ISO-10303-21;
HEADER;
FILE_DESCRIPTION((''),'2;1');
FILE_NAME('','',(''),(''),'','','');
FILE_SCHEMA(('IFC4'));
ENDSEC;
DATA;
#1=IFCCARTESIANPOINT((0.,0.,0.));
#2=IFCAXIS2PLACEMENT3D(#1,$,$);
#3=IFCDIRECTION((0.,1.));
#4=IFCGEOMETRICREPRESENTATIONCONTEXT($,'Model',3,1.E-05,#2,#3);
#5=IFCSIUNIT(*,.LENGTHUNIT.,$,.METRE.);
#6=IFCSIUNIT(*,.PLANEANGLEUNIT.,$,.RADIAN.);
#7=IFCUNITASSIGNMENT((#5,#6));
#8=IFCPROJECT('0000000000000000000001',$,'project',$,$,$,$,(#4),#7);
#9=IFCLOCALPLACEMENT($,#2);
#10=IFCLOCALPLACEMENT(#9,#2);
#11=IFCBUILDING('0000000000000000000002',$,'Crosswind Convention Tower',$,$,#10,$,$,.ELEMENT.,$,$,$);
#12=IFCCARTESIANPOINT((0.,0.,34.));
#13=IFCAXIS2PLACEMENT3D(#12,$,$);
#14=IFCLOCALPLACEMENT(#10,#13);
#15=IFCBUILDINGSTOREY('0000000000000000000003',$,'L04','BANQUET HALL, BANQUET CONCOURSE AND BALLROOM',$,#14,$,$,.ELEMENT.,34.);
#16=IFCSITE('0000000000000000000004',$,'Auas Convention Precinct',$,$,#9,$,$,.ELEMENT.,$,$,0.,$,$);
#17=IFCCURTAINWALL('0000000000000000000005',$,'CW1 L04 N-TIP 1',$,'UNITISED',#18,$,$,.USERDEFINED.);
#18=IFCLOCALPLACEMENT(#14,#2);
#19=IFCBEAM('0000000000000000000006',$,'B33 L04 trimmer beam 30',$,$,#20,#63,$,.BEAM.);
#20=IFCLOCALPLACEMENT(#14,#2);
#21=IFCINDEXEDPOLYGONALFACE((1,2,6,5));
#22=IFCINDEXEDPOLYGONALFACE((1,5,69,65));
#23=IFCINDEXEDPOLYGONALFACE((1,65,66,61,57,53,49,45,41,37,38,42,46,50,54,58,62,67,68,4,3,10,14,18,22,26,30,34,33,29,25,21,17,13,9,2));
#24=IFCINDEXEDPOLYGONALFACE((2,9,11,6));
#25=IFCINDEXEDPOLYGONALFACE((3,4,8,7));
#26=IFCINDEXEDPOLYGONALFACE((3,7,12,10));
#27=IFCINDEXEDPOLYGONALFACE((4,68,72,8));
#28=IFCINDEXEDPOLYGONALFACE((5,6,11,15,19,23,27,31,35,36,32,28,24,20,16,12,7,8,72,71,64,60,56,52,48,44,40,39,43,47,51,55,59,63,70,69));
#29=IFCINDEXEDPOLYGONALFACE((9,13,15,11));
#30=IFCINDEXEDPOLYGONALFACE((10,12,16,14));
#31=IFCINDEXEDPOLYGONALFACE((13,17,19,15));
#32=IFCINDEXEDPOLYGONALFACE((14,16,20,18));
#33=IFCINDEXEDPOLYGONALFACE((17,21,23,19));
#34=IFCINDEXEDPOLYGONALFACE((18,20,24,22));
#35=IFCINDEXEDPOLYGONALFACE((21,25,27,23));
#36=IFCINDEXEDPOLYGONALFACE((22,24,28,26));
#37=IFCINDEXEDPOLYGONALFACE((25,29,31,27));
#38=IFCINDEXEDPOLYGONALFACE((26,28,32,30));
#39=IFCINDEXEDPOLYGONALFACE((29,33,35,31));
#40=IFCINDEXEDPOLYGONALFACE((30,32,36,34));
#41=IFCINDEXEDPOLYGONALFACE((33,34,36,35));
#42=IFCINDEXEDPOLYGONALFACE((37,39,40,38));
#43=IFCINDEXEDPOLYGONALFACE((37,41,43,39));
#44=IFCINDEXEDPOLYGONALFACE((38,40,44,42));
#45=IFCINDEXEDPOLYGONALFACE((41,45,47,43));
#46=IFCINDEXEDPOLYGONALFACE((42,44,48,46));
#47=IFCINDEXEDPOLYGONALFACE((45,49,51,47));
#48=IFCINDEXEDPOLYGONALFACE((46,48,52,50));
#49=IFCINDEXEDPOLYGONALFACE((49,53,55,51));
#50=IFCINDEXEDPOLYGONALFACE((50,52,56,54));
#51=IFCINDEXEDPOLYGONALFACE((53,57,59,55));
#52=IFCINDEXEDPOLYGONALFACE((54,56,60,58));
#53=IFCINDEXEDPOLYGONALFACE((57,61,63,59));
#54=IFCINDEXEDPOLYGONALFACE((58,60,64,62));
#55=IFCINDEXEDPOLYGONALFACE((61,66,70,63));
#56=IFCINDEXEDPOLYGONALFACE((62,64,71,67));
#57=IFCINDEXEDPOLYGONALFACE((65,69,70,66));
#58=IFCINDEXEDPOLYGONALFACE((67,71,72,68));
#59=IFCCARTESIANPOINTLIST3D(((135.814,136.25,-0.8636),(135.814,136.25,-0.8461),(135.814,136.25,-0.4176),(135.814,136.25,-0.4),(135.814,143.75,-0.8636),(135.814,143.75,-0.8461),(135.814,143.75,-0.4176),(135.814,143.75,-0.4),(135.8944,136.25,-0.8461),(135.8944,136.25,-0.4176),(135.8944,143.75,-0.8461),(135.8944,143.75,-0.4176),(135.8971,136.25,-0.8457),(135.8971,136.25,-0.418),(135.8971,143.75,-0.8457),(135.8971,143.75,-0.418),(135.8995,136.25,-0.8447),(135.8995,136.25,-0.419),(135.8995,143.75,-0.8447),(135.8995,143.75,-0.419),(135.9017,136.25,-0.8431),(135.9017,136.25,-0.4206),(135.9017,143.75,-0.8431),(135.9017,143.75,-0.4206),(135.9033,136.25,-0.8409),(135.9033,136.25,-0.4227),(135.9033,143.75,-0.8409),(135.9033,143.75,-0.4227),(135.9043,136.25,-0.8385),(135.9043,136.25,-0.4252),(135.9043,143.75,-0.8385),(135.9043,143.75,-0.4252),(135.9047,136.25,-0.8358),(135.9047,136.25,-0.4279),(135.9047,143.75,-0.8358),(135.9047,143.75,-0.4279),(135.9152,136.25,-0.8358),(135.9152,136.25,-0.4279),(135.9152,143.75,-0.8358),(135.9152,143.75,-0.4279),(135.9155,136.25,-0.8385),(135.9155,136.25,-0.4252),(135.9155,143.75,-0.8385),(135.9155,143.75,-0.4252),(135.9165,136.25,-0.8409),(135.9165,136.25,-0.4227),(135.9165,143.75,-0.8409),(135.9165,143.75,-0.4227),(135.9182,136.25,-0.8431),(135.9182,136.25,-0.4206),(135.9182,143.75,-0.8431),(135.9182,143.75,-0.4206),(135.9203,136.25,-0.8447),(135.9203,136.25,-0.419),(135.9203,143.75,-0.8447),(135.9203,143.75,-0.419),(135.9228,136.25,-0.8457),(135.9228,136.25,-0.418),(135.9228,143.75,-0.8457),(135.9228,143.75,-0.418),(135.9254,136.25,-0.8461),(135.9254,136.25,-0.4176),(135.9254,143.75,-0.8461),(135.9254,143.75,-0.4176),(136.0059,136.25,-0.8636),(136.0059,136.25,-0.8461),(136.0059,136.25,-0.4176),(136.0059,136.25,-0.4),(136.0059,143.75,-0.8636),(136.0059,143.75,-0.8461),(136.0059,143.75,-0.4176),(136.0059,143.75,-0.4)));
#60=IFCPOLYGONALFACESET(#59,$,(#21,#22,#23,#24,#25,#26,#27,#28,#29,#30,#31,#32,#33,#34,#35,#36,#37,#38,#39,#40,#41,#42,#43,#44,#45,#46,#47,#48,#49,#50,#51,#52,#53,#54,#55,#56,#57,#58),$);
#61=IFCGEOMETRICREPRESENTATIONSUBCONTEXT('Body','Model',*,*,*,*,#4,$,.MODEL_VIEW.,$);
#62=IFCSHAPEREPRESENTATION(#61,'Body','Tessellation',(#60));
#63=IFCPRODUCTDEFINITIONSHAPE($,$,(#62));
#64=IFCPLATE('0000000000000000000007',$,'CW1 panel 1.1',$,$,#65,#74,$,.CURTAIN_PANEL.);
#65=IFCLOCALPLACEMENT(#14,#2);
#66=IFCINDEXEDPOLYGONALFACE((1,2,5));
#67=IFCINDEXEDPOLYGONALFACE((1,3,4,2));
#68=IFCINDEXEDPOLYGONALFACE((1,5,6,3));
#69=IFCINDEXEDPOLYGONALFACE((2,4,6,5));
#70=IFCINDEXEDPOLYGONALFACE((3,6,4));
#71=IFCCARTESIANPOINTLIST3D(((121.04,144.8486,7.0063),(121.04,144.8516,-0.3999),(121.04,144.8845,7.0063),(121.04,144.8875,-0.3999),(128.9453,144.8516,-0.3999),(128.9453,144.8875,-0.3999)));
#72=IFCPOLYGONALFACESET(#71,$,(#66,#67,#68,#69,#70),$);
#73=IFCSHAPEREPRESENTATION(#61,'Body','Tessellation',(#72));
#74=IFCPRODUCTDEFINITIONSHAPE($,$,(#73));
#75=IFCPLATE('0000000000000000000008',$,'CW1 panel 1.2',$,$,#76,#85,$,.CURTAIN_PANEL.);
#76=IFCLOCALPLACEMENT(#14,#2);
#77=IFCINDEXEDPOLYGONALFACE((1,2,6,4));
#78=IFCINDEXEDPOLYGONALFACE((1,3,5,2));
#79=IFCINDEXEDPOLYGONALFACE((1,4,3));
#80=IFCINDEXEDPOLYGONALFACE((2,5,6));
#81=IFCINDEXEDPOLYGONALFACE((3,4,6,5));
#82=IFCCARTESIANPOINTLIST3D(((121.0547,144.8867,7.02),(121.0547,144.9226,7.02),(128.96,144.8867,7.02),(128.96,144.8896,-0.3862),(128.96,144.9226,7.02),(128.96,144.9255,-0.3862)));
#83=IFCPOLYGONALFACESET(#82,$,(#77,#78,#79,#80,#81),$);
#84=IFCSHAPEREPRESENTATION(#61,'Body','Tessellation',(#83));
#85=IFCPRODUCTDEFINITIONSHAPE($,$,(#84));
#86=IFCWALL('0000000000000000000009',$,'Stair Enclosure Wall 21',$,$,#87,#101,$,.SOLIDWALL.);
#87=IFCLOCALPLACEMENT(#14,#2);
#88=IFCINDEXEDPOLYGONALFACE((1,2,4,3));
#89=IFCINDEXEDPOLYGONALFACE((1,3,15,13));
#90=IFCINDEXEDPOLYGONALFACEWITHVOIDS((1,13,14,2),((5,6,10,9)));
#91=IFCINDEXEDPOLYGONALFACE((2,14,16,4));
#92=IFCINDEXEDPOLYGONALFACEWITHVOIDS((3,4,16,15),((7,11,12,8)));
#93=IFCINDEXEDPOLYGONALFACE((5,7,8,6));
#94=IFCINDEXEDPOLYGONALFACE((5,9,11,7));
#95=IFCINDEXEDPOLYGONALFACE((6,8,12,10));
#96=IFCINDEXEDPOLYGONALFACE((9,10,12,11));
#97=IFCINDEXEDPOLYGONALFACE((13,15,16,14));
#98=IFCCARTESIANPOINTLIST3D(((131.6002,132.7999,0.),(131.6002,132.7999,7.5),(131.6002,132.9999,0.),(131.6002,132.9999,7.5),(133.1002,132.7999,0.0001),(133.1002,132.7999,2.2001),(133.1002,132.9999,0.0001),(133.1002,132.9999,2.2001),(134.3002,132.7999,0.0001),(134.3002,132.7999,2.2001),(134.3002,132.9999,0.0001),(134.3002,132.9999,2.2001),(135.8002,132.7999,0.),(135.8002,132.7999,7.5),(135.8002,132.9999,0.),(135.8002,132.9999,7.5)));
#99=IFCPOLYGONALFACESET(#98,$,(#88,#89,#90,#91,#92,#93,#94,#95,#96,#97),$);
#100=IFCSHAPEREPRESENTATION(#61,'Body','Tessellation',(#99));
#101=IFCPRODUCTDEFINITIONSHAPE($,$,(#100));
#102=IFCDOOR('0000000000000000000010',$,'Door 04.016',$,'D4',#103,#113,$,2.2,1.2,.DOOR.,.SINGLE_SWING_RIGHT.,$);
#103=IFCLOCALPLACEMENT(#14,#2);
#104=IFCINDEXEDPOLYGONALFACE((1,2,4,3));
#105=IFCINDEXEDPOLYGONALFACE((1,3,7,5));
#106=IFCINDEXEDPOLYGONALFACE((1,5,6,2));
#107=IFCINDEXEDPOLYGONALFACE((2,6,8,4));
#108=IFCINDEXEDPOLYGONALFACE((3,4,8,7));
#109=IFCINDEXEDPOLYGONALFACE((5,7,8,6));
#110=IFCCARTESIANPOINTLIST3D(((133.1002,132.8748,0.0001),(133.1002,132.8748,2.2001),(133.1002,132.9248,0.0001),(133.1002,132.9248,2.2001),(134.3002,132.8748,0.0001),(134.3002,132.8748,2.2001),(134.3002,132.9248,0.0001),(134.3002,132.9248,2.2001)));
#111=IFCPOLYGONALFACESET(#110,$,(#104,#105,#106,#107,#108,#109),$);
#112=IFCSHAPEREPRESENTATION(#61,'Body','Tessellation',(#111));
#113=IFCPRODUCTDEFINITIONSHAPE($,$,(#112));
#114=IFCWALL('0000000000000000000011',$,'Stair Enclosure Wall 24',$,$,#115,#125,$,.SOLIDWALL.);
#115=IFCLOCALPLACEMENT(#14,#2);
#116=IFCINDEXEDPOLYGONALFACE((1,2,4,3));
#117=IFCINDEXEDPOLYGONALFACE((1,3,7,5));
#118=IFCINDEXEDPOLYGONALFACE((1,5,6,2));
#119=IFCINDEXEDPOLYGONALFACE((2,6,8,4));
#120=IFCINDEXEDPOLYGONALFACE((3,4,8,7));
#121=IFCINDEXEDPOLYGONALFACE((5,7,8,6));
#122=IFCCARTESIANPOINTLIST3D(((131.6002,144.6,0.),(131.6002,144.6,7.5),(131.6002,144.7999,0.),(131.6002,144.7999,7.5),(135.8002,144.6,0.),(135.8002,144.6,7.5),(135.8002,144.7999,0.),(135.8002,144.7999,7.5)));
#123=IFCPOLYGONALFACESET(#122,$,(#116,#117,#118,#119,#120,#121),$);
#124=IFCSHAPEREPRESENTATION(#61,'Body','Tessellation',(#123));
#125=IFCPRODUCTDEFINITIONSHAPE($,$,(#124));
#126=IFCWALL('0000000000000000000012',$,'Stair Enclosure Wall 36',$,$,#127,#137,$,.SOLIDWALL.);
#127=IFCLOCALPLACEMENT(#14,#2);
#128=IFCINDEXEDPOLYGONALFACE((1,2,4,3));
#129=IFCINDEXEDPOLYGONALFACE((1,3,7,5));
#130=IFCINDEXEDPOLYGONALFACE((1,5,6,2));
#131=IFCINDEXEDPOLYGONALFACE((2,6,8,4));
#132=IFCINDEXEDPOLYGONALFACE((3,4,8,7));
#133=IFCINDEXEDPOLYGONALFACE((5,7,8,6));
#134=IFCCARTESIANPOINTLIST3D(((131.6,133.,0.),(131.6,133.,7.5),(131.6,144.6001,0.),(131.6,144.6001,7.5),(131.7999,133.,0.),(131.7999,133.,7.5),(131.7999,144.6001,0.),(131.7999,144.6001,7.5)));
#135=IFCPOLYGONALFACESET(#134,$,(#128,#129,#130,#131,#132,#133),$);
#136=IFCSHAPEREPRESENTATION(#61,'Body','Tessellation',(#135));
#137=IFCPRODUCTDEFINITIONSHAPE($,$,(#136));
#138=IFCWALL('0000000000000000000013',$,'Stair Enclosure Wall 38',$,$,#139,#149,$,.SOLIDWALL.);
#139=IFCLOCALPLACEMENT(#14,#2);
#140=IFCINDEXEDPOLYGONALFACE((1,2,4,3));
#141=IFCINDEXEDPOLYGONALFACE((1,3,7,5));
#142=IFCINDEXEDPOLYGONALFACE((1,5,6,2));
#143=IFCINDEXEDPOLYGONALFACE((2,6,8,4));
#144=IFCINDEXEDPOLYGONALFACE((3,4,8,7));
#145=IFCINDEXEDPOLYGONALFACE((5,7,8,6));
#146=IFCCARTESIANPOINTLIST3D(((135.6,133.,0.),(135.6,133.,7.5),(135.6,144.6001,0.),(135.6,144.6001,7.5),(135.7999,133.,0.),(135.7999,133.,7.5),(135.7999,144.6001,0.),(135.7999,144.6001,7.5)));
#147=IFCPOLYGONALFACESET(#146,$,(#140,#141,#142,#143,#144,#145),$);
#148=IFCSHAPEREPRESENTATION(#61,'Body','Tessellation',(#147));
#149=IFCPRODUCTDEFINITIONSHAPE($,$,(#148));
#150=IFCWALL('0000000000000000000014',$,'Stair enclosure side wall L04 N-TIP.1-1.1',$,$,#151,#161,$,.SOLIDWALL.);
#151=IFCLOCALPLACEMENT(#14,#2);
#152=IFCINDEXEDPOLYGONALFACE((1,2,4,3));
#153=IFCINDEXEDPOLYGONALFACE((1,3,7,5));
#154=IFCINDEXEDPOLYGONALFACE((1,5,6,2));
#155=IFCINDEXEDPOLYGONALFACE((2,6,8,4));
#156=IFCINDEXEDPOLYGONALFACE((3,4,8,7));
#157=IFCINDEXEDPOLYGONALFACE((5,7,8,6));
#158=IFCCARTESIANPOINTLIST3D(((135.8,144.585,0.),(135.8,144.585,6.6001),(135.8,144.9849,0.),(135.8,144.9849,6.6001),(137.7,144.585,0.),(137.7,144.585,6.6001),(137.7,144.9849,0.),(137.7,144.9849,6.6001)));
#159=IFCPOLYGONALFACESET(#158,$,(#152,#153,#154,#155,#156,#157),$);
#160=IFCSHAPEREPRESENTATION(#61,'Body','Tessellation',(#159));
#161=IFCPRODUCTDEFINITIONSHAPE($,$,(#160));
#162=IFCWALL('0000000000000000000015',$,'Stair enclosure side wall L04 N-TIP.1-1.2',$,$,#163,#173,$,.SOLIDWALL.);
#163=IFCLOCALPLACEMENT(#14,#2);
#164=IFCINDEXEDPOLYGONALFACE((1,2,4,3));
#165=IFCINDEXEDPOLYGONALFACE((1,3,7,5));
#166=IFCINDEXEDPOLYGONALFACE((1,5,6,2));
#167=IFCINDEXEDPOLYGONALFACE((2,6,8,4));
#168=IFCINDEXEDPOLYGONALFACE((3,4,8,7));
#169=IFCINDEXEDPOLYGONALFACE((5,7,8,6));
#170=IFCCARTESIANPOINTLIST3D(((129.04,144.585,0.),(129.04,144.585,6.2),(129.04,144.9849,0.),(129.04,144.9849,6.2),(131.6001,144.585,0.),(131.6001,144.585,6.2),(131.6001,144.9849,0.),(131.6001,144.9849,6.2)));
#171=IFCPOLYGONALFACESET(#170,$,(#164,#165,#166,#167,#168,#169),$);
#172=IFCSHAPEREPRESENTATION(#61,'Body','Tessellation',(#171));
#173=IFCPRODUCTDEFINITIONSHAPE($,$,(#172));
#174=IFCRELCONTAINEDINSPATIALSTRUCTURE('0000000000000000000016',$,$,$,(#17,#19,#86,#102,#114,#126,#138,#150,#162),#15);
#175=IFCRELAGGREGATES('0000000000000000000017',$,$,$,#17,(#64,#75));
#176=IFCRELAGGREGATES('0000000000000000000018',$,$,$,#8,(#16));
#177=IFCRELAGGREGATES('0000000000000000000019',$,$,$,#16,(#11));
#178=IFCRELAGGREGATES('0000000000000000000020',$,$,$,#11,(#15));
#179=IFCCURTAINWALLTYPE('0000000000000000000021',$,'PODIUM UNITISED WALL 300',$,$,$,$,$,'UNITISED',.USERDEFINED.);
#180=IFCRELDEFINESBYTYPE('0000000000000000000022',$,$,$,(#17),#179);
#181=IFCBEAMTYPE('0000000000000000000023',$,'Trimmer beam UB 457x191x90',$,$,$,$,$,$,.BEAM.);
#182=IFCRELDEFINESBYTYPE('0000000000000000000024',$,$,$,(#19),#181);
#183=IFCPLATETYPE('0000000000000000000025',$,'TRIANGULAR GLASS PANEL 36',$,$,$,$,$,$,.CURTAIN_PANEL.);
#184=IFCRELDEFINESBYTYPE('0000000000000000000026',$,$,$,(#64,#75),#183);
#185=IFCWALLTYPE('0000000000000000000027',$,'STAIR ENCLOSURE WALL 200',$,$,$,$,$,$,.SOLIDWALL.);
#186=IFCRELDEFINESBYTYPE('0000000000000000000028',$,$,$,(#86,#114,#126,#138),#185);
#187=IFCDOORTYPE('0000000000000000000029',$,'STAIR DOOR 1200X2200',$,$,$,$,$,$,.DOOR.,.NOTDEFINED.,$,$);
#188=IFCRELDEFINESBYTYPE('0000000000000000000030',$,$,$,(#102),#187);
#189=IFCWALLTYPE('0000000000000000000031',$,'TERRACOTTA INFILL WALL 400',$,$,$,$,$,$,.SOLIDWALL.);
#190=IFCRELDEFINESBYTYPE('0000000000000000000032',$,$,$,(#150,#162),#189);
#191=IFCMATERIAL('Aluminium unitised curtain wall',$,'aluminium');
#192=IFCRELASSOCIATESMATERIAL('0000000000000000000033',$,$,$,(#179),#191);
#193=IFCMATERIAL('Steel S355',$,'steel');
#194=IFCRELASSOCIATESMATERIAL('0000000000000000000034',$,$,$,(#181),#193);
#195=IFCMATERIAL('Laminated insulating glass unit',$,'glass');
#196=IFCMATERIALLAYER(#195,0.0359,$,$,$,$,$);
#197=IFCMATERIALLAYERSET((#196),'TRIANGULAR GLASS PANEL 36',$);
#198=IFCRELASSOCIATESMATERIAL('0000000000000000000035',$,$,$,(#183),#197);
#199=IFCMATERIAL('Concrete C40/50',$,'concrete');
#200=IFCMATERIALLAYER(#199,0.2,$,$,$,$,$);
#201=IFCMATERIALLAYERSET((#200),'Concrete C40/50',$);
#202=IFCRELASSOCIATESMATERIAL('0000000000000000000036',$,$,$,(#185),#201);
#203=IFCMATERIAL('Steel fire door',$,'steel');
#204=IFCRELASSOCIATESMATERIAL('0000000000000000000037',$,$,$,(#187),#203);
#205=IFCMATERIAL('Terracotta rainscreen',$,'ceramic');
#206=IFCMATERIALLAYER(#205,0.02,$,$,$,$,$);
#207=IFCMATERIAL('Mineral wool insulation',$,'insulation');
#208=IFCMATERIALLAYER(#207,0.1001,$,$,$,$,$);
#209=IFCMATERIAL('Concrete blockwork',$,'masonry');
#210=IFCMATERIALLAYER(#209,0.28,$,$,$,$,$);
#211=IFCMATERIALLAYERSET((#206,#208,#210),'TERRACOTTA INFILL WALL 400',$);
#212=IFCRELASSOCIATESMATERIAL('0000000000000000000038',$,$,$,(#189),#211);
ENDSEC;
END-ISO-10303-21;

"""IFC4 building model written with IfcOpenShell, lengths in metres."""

from ifc_helpers import new_model, si_unit, direction, frame, frame_2d, origin, origin_2d, place, context, subcontext, project, spatial, polyline, rectangle, i_section, outline, extrude, material, layer, layer_set, material_profile, profile_set, type_object, element, fill, aggregate, save


model = new_model("IFC4")

# Units and contexts
model_context = context("Model", 3, precision=1e-05, world=origin(), true_north=direction((0.0, 1.0)))
body_context = subcontext(model_context, "Body", "Model", "MODEL_VIEW")
ifc_project = project(units=[si_unit("LENGTHUNIT", "METRE"), si_unit("PLANEANGLEUNIT", "RADIAN")], contexts=[model_context])

# Site, building, storey
site_placement = place(None, origin())
site = spatial("IfcSite", under=ifc_project, at=site_placement, Name="Auas Convention Precinct", CompositionType="ELEMENT", RefElevation=0.0)
building_placement = place(site_placement, origin())
building = spatial("IfcBuilding", under=site, at=building_placement, Name="Crosswind Convention Tower", CompositionType="ELEMENT")
storey_placement = place(building_placement, frame((0.0, 0.0, 34.0)))
storey = spatial("IfcBuildingStorey", under=building, at=storey_placement, Name="L04", Description="BANQUET HALL, BANQUET CONCOURSE AND BALLROOM", CompositionType="ELEMENT", Elevation=34.0)

# Shared definitions
ifc_material_1 = material(Name="Steel S355", Category="steel")

# Curtain wall
ifc_material_2 = material(Name="Aluminium unitised curtain wall", Category="aluminium")
curtain_wall_type = type_object("IfcCurtainWallType", Name="PODIUM UNITISED WALL 300", ElementType="UNITISED", PredefinedType="USERDEFINED", material=ifc_material_2)
curtain_wall_placement = place(storey_placement, origin())
curtain_wall = element("IfcCurtainWall", 1, at=curtain_wall_placement, inside=storey, type_object=curtain_wall_type, Name="CW1 L04 N-TIP 1", ObjectType="UNITISED", PredefinedType="USERDEFINED")

# Beam
ifc_material_profile_1 = material_profile(ifc_material_1, i_section(OverallWidth=0.1919, OverallDepth=0.4636, WebThickness=0.0105, FlangeThickness=0.0176, FilletRadius=0.0103, at=origin_2d()), Name="UB 457x191x90")
ifc_profile_set_1 = profile_set([ifc_material_profile_1], Name="Steel S355")
beam_type_1 = type_object("IfcBeamType", Name="Trimmer beam UB 457x191x90", PredefinedType="BEAM", material=ifc_profile_set_1)
beam_1_placement = place(storey_placement, frame((135.9099, 136.25, -0.6318), z_axis=(0.0, 1.0, 0.0), x_axis=(-1.0, 0.0, 0.0)))
element("IfcBeam", 2, at=beam_1_placement, inside=storey, type_object=beam_type_1, Name="B33 L04 trimmer beam 30", PredefinedType="BEAM", context=body_context, shape_type="SweptSolid", body=[
    extrude(i_section(OverallWidth=0.1919, OverallDepth=0.4636, WebThickness=0.0105, FlangeThickness=0.0176, FilletRadius=0.0103, at=origin_2d()), origin(), (0.0, 0.0, 1.0), 7.5),
])

# Plates
ifc_material_3 = material(Name="Laminated insulating glass unit", Category="glass")
ifc_layer_1 = layer(ifc_material_3, 0.0359)
ifc_layer_set_1 = layer_set([ifc_layer_1], Name="TRIANGULAR GLASS PANEL 36")
plate_type = type_object("IfcPlateType", Name="TRIANGULAR GLASS PANEL 36", PredefinedType="CURTAIN_PANEL", material=ifc_layer_set_1)
plate_1_placement = place(storey_placement, frame((121.04, 144.8875, -0.3999), z_axis=(0.0, 1.0, 0.000396), x_axis=(0.0, -0.000396, 1.0)))
plate_1 = element("IfcPlate", 3, at=plate_1_placement, type_object=plate_type, Name="CW1 panel 1.1", PredefinedType="CURTAIN_PANEL", context=body_context, shape_type="SweptSolid", body=[
    extrude(outline(polyline([(0.0, 0.0), (7.4063, 0.0), (0.0, 7.9053), (0.0, 0.0)])), origin(), (0.0, 0.0, -1.0), 0.0359),
])
plate_2_placement = place(storey_placement, frame((128.96, 144.9226, 7.02), z_axis=(0.0, 1.0, 0.000396), x_axis=(0.0, 0.000396, -1.0)))
plate_2 = element("IfcPlate", 4, at=plate_2_placement, type_object=plate_type, Name="CW1 panel 1.2", PredefinedType="CURTAIN_PANEL", context=body_context, shape_type="SweptSolid", body=[
    extrude(outline(polyline([(0.0, 0.0), (7.4063, 0.0), (0.0, 7.9053), (0.0, 0.0)])), origin(), (0.0, 0.0, -1.0), 0.0359),
])

# Wall, opening, door
ifc_material_4 = material(Name="Concrete C40/50", Category="concrete")
ifc_layer_2 = layer(ifc_material_4, 0.2)
ifc_layer_set_2 = layer_set([ifc_layer_2], Name="Concrete C40/50")
wall_type_1 = type_object("IfcWallType", Name="STAIR ENCLOSURE WALL 200", PredefinedType="SOLIDWALL", material=ifc_layer_set_2)
wall_1_placement = place(storey_placement, frame((131.6001, 132.8999, 0.0), z_axis=(0.0, 0.0, 1.0), x_axis=(1.0, 0.0, 0.0)))
wall_1 = element("IfcWall", 5, at=wall_1_placement, inside=storey, type_object=wall_type_1, Name="Stair Enclosure Wall 21", PredefinedType="SOLIDWALL", context=body_context, shape_type="SweptSolid", body=[
    extrude(rectangle(XDim=4.2, YDim=0.2, at=frame_2d((2.1001, 0.0))), origin(), (0.0, 0.0, 1.0), 7.5),
])
opening_placement = place(wall_1_placement, frame((1.5, 0.0, 0.0)))
opening = element("IfcOpeningElement", 6, at=opening_placement, cuts=wall_1, PredefinedType="OPENING", context=body_context, shape_type="SweptSolid", body=[
    extrude(rectangle(XDim=1.2, YDim=2.2, at=frame_2d((0.6001, 1.1001))), frame((0.0, 0.1099, 0.0), z_axis=(0.0, -1.0, 0.0), x_axis=(1.0, 0.0, 0.0)), (0.0, 0.0, 1.0), 0.22),
])
ifc_material_5 = material(Name="Steel fire door", Category="steel")
door_type = type_object("IfcDoorType", Name="STAIR DOOR 1200X2200", OperationType="NOTDEFINED", PredefinedType="DOOR", material=ifc_material_5)
door_placement = place(opening_placement, origin())
door = element("IfcDoor", 7, at=door_placement, inside=storey, type_object=door_type, Name="Door 04.016", ObjectType="D4", OperationType="SINGLE_SWING_RIGHT", OverallHeight=2.2, OverallWidth=1.2, PredefinedType="DOOR", context=body_context, shape_type="SweptSolid", body=[
    extrude(rectangle(XDim=1.2, YDim=2.2, at=frame_2d((0.6001, 1.1001))), frame((0.0, 0.0249, 0.0), z_axis=(0.0, -1.0, 0.0), x_axis=(1.0, 0.0, 0.0)), (0.0, 0.0, 1.0), 0.05),
])
fill(opening, door)

# Walls
wall_2_placement = place(storey_placement, frame((131.6001, 144.7, 0.0), z_axis=(0.0, 0.0, 1.0), x_axis=(1.0, 0.0, 0.0)))
element("IfcWall", 8, at=wall_2_placement, inside=storey, type_object=wall_type_1, Name="Stair Enclosure Wall 24", PredefinedType="SOLIDWALL", context=body_context, shape_type="SweptSolid", body=[
    extrude(rectangle(XDim=4.2, YDim=0.2, at=frame_2d((2.1001, 0.0))), origin(), (0.0, 0.0, 1.0), 7.5),
])
for number, where, z_axis, x_axis, name in (
    (9, (131.7, 133.0, 0.0), (0.0, 0.0, 1.0), (0.0, 1.0, 0.0), "Stair Enclosure Wall 36"),
    (10, (135.7, 133.0, 0.0), (0.0, 0.0, 1.0), (0.0, 1.0, 0.0), "Stair Enclosure Wall 38"),
):
    element("IfcWall", number, at=place(storey_placement, frame(where, z_axis=z_axis, x_axis=x_axis)), inside=storey, type_object=wall_type_1, Name=name, PredefinedType="SOLIDWALL", context=body_context, shape_type="SweptSolid", body=[
        extrude(rectangle(XDim=11.6001, YDim=0.2, at=frame_2d((5.8, 0.0))), origin(), (0.0, 0.0, 1.0), 7.5),
    ])
ifc_material_6 = material(Name="Terracotta rainscreen", Category="ceramic")
ifc_layer_3 = layer(ifc_material_6, 0.02)
ifc_material_7 = material(Name="Mineral wool insulation", Category="insulation")
ifc_layer_4 = layer(ifc_material_7, 0.1001)
ifc_material_8 = material(Name="Concrete blockwork", Category="masonry")
ifc_layer_5 = layer(ifc_material_8, 0.28)
ifc_layer_set_3 = layer_set([ifc_layer_3, ifc_layer_4, ifc_layer_5], Name="TERRACOTTA INFILL WALL 400")
wall_type_2 = type_object("IfcWallType", Name="TERRACOTTA INFILL WALL 400", PredefinedType="SOLIDWALL", material=ifc_layer_set_3)
wall_3_placement = place(storey_placement, frame((137.7, 144.7849, 0.0), z_axis=(0.0, 0.0, 1.0), x_axis=(-1.0, 0.0, 0.0)))
element("IfcWall", 11, at=wall_3_placement, inside=storey, type_object=wall_type_2, Name="Stair enclosure side wall L04 N-TIP.1-1.1", PredefinedType="SOLIDWALL", context=body_context, shape_type="SweptSolid", body=[
    extrude(rectangle(XDim=1.8999, YDim=0.3999, at=frame_2d((0.95, 0.0))), origin(), (0.0, 0.0, 1.0), 6.6001),
])
wall_4_placement = place(storey_placement, frame((131.6001, 144.7849, 0.0), z_axis=(0.0, 0.0, 1.0), x_axis=(-1.0, 0.0, 0.0)))
element("IfcWall", 12, at=wall_4_placement, inside=storey, type_object=wall_type_2, Name="Stair enclosure side wall L04 N-TIP.1-1.2", PredefinedType="SOLIDWALL", context=body_context, shape_type="SweptSolid", body=[
    extrude(rectangle(XDim=2.5601, YDim=0.3999, at=frame_2d((1.28, 0.0))), origin(), (0.0, 0.0, 1.0), 6.2),
])

aggregate(curtain_wall, [plate_1, plate_2])

save(model, "model.ifc")
